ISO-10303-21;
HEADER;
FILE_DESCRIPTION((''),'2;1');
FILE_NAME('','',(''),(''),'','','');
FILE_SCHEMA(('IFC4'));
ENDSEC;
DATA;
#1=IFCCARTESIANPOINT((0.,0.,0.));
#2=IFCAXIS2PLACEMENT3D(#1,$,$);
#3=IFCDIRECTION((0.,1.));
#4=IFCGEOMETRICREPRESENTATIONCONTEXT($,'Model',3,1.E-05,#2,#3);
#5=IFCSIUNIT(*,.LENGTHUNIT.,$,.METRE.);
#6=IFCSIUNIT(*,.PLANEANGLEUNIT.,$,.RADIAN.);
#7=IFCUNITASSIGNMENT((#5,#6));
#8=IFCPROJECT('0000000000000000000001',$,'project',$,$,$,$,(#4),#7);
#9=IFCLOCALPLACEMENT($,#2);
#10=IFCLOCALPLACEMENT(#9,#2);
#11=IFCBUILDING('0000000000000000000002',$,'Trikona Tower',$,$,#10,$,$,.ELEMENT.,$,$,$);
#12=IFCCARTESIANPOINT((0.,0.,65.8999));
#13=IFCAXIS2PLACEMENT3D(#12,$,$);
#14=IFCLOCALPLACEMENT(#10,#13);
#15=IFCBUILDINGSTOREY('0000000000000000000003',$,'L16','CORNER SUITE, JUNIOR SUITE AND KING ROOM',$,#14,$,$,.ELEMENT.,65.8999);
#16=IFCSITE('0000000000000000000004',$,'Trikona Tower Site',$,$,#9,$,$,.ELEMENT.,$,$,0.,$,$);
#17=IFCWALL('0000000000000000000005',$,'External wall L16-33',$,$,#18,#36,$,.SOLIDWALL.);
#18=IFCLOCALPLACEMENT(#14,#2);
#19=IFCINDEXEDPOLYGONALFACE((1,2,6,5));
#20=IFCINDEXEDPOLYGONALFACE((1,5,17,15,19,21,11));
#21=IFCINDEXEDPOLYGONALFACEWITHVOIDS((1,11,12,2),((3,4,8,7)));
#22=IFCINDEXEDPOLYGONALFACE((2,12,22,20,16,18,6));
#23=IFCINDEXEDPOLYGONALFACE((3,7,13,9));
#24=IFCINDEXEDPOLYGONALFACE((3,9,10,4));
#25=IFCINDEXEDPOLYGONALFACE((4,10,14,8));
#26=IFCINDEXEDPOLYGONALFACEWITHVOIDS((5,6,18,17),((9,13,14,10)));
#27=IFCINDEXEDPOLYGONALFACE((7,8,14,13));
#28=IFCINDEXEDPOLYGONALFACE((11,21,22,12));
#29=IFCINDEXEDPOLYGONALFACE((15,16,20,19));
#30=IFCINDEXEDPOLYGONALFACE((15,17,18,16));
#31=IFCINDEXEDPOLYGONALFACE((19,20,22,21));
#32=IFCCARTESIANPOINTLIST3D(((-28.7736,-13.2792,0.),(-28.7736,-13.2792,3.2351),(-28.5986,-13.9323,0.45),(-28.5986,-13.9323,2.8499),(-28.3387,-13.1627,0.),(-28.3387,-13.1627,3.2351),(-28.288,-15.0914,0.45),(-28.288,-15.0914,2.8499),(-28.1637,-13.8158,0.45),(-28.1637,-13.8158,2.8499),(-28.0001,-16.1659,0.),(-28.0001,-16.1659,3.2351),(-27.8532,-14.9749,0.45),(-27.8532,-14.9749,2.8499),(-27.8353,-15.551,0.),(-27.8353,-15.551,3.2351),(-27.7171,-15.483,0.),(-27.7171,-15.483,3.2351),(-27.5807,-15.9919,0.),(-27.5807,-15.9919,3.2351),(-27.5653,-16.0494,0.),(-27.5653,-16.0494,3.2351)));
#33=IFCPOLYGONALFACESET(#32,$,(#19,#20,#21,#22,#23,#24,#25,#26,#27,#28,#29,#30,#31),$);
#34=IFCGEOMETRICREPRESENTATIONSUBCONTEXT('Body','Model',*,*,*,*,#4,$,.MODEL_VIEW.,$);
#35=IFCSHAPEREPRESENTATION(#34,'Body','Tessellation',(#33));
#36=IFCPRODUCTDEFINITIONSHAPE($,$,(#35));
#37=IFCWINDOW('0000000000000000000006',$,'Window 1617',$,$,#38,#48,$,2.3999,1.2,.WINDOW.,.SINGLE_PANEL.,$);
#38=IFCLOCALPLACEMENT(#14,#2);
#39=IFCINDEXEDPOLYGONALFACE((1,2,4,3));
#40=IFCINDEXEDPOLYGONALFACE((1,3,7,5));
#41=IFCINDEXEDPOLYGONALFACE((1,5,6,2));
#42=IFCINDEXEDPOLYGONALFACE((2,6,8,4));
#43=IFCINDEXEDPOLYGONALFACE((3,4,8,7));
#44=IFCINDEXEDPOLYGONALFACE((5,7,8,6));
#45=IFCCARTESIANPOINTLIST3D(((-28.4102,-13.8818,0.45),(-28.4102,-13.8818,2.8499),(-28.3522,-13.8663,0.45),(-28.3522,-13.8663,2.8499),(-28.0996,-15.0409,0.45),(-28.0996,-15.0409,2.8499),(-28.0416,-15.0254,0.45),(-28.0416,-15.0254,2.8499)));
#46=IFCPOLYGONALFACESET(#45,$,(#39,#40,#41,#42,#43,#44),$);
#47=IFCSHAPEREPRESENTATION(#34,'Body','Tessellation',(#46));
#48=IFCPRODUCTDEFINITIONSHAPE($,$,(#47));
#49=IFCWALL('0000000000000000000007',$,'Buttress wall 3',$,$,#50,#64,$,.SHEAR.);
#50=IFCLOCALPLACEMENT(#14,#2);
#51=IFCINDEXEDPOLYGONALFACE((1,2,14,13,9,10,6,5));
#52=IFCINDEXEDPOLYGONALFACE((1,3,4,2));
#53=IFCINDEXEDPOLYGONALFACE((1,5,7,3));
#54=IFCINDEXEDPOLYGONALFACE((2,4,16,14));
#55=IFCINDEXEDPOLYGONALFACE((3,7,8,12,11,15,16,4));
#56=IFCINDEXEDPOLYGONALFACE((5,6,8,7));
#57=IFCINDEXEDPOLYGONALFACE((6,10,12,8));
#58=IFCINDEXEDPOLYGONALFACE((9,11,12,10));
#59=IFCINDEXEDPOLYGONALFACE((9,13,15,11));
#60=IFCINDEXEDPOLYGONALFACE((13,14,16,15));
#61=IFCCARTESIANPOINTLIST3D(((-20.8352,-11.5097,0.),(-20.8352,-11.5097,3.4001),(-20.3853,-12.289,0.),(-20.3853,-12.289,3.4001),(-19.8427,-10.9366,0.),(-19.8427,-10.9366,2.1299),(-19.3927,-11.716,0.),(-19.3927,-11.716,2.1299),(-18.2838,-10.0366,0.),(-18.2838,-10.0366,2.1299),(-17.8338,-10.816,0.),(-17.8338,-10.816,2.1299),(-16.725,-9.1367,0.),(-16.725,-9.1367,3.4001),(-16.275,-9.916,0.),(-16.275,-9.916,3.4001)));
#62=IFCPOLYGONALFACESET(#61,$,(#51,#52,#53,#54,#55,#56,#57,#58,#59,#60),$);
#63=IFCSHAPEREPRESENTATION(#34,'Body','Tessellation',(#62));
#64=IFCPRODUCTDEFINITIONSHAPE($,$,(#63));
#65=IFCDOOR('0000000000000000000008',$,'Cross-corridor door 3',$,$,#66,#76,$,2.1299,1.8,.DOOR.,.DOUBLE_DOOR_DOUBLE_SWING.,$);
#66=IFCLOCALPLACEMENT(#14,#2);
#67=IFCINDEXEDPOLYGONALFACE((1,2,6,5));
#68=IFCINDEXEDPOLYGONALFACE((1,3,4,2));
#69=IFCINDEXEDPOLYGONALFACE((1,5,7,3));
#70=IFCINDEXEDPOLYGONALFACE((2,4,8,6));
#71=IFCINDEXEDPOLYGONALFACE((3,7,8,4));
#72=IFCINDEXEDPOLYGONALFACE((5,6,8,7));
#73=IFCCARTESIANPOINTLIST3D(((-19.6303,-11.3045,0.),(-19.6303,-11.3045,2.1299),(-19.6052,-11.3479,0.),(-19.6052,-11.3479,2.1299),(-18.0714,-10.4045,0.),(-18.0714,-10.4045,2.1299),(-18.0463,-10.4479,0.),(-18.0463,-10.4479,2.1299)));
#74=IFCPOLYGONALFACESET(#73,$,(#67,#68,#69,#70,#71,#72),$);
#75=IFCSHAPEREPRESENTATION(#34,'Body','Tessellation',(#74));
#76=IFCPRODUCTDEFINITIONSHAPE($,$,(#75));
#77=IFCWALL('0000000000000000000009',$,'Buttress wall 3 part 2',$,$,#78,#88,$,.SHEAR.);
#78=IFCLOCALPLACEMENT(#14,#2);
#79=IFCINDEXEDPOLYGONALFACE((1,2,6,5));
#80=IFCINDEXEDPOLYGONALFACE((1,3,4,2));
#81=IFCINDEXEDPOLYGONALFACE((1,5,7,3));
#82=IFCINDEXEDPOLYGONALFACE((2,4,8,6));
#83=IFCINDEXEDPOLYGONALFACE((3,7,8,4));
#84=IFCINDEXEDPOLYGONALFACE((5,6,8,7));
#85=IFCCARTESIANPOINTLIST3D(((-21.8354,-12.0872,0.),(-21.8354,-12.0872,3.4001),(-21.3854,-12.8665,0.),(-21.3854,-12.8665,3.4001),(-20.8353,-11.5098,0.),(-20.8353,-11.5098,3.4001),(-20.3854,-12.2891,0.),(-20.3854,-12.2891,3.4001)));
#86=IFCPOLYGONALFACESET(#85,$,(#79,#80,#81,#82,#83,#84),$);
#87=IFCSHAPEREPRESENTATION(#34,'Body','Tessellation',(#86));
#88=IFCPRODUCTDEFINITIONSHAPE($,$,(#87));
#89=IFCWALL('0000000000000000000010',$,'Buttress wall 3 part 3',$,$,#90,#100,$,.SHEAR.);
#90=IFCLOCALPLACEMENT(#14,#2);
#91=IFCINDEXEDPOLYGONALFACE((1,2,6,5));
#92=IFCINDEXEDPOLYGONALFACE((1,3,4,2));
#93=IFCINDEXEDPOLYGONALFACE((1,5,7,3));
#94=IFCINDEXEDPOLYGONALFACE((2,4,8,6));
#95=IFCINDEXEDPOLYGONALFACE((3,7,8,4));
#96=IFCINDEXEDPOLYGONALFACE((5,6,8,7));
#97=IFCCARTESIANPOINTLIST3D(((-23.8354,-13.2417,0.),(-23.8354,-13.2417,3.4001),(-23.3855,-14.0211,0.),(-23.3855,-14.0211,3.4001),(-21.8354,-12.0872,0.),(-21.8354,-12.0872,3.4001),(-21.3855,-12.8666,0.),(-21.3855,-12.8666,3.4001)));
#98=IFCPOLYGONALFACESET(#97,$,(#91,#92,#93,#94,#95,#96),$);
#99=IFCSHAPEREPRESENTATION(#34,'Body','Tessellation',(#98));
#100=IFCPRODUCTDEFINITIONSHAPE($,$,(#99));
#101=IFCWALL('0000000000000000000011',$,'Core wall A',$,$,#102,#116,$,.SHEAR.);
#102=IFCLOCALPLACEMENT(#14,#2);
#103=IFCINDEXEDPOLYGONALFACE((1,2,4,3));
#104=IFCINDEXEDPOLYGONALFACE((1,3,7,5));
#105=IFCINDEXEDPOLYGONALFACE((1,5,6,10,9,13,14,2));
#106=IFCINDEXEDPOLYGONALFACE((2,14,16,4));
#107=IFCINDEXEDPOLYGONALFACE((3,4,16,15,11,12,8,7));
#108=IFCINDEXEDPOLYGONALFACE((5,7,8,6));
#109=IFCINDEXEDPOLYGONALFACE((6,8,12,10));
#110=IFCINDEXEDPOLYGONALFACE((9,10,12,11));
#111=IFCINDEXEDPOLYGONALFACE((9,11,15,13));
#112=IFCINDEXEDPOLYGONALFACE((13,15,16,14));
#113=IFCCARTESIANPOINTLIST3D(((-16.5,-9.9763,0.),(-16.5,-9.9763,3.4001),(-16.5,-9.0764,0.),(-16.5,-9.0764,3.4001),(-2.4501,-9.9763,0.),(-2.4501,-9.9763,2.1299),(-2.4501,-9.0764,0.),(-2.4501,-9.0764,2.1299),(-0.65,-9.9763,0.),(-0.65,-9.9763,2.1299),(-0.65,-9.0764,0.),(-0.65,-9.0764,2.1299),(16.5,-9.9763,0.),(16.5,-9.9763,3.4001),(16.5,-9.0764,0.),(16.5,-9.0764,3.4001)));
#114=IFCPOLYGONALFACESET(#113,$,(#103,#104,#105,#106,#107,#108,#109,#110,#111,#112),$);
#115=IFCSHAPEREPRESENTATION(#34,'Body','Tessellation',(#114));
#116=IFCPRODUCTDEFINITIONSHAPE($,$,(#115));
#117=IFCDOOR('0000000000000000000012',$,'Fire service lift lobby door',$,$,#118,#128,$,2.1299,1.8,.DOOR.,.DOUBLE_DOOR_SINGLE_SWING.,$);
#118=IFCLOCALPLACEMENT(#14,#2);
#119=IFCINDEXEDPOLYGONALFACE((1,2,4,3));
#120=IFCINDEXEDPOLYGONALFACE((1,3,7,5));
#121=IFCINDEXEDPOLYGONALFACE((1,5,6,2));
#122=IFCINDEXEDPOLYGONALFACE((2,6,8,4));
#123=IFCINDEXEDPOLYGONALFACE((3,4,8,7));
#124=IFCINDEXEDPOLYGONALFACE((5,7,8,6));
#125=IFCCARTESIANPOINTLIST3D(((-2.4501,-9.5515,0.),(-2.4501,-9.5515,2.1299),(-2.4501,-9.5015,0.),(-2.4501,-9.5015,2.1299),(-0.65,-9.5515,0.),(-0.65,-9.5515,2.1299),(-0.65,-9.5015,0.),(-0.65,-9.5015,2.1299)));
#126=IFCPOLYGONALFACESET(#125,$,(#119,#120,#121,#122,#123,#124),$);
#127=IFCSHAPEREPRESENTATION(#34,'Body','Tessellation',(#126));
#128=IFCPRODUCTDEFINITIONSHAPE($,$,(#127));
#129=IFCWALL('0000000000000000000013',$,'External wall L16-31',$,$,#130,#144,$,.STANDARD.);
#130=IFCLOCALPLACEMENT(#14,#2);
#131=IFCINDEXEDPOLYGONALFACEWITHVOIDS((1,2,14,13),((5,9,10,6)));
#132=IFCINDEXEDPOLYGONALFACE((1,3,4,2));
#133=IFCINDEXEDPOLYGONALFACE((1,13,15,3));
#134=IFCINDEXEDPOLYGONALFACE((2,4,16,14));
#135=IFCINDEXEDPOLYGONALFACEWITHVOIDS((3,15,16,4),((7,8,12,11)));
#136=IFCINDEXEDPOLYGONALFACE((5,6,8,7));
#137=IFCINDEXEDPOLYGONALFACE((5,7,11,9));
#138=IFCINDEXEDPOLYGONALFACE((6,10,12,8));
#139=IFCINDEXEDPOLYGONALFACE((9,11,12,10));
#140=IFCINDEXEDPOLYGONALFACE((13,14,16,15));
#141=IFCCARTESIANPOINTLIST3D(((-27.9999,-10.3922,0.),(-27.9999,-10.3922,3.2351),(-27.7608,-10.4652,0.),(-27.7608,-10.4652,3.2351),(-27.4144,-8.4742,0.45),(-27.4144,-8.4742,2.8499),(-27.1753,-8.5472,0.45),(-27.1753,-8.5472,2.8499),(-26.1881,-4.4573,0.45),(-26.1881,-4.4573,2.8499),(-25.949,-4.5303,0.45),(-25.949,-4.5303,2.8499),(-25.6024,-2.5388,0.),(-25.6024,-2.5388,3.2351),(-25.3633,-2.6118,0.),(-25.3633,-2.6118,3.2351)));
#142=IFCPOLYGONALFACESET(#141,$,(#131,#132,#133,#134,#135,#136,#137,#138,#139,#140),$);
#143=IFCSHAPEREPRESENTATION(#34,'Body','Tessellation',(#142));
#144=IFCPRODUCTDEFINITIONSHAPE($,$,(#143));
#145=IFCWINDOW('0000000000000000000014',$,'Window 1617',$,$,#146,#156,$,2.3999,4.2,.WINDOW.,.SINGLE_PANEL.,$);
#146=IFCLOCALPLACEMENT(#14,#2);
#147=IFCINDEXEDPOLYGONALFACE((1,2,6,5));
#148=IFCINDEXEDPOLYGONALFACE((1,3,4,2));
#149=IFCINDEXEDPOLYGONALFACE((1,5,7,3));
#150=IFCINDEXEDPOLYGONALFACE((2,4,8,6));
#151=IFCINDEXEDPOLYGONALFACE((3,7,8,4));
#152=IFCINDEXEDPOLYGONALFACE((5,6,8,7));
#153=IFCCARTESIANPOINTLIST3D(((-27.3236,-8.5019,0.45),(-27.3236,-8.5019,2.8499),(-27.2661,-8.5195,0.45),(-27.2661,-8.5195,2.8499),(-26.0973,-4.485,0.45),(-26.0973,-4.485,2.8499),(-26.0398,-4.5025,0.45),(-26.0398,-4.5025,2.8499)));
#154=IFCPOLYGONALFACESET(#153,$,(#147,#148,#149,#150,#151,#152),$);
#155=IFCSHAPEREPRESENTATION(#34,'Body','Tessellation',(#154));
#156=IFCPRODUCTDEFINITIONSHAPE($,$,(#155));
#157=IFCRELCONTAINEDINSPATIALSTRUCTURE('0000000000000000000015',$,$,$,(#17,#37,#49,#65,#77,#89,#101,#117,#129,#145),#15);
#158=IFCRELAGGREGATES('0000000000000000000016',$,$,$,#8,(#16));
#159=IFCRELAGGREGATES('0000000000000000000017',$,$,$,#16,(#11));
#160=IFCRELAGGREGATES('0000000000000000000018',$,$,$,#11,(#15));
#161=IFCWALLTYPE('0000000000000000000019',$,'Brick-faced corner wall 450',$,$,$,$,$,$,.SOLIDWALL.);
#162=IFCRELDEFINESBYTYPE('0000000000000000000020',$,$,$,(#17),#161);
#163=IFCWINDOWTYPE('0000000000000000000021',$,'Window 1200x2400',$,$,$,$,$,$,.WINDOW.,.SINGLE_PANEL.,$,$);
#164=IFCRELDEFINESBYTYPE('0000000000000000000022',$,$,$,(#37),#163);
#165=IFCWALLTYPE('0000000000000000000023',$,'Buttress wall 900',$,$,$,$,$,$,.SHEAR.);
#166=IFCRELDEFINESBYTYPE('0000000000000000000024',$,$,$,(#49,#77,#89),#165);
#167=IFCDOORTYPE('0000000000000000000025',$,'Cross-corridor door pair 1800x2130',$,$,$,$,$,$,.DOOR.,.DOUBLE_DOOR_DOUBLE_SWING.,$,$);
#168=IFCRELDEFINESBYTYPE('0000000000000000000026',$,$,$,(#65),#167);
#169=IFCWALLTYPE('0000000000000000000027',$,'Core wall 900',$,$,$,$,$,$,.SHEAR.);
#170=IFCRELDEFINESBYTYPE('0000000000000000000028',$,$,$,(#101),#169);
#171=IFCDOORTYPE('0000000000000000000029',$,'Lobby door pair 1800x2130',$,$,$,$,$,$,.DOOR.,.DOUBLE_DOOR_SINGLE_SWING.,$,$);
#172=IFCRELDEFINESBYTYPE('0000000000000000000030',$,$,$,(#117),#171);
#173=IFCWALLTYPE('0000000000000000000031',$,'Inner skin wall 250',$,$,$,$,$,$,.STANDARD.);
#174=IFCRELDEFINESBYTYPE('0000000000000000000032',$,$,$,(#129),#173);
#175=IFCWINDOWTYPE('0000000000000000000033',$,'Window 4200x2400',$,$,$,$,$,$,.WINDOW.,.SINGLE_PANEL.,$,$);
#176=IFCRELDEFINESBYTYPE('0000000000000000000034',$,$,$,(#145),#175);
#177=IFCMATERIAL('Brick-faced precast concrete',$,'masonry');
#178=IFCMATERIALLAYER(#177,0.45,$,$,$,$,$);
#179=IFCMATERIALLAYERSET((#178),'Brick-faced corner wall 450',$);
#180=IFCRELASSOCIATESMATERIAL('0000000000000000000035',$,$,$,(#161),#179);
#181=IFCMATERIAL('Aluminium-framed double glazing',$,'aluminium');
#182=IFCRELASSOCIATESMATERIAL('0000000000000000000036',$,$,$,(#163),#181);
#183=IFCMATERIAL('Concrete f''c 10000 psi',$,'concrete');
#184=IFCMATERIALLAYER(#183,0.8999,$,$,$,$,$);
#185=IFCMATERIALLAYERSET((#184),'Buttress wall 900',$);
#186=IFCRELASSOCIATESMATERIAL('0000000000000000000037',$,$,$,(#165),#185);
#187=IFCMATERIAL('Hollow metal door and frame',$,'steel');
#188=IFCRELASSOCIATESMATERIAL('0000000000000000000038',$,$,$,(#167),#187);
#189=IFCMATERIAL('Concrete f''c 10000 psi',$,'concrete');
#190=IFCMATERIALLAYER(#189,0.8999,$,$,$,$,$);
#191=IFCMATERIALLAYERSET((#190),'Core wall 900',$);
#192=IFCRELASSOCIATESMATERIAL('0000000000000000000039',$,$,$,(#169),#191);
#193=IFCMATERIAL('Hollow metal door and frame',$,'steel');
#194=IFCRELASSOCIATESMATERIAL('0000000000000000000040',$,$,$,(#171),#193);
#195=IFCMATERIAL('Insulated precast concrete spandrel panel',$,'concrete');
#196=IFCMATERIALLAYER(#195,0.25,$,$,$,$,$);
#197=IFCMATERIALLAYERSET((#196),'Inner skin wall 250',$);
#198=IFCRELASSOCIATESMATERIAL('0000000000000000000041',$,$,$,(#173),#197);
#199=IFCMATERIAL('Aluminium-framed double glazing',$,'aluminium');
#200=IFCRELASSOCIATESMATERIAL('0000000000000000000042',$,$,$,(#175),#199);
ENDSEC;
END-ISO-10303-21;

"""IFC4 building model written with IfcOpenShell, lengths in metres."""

from ifc_helpers import new_model, si_unit, direction, frame, frame_2d, origin, place, context, subcontext, project, spatial, polyline, rectangle, outline, extrude, material, layer, layer_set, type_object, element, fill, save


model = new_model("IFC4")

# Units and contexts
model_context = context("Model", 3, precision=1e-05, world=origin(), true_north=direction((0.0, 1.0)))
body_context = subcontext(model_context, "Body", "Model", "MODEL_VIEW")
ifc_project = project(units=[si_unit("LENGTHUNIT", "METRE"), si_unit("PLANEANGLEUNIT", "RADIAN")], contexts=[model_context])

# Site, building, storey
site_placement = place(None, origin())
site = spatial("IfcSite", under=ifc_project, at=site_placement, Name="Trikona Tower Site", CompositionType="ELEMENT", RefElevation=0.0)
building_placement = place(site_placement, origin())
building = spatial("IfcBuilding", under=site, at=building_placement, Name="Trikona Tower", CompositionType="ELEMENT")
storey_placement = place(building_placement, frame((0.0, 0.0, 65.8999)))
storey = spatial("IfcBuildingStorey", under=building, at=storey_placement, Name="L16", Description="CORNER SUITE, JUNIOR SUITE AND KING ROOM", CompositionType="ELEMENT", Elevation=65.8999)

# Wall, opening, window
ifc_material_1 = material(Name="Brick-faced precast concrete", Category="masonry")
ifc_layer_1 = layer(ifc_material_1, 0.45)
ifc_layer_set_1 = layer_set([ifc_layer_1], Name="Brick-faced corner wall 450")
wall_type_1 = type_object("IfcWallType", Name="Brick-faced corner wall 450", PredefinedType="SOLIDWALL", material=ifc_layer_set_1)
wall_1_placement = place(storey_placement, frame((-28.5562, -13.2209, 0.0), z_axis=(0.0, 0.0, 1.0), x_axis=(0.258801, -0.965931, 0.0)))
wall_1 = element("IfcWall", 1, at=wall_1_placement, inside=storey, type_object=wall_type_1, Name="External wall L16-33", PredefinedType="SOLIDWALL", context=body_context, shape_type="SweptSolid", body=[
    extrude(outline(polyline([(2.9885, 0.2251), (2.929, 0.2251), (2.4373, 0.0933), (2.4021, 0.2251), (0.0, 0.2251), (0.0, -0.2251), (2.9885, -0.2251), (2.9885, 0.2251)])), origin(), (0.0, 0.0, 1.0), 3.2351),
])
opening_1_placement = place(wall_1_placement, frame((0.676, 0.0, 0.45)))
opening_1 = element("IfcOpeningElement", 2, at=opening_1_placement, cuts=wall_1, PredefinedType="OPENING", context=body_context, shape_type="SweptSolid", body=[
    extrude(rectangle(XDim=1.2, YDim=2.3999, at=frame_2d((0.6001, 1.2))), frame((0.0, 0.2349, 0.0), z_axis=(0.0, -1.0, 0.0), x_axis=(1.0, 0.0, 0.0)), (0.0, 0.0, 1.0), 0.47),
])
ifc_material_2 = material(Name="Aluminium-framed double glazing", Category="aluminium")
window_type_1 = type_object("IfcWindowType", Name="Window 1200x2400", PartitioningType="SINGLE_PANEL", PredefinedType="WINDOW", material=ifc_material_2)
window_1_placement = place(opening_1_placement, origin())
window_1 = element("IfcWindow", 3, at=window_1_placement, inside=storey, type_object=window_type_1, Name="Window 1617", OverallHeight=2.3999, OverallWidth=1.2, PartitioningType="SINGLE_PANEL", PredefinedType="WINDOW", context=body_context, shape_type="SweptSolid", body=[
    extrude(rectangle(XDim=1.2, YDim=2.3999, at=frame_2d((0.6001, 1.2))), frame((0.0, 0.03, 0.0), z_axis=(0.0, -1.0, 0.0), x_axis=(1.0, 0.0, 0.0)), (0.0, 0.0, 1.0), 0.0601),
])
fill(opening_1, window_1)

# Wall, opening, door
ifc_material_3 = material(Name="Concrete f'c 10000 psi", Category="concrete")
ifc_layer_2 = layer(ifc_material_3, 0.8999)
ifc_layer_set_2 = layer_set([ifc_layer_2], Name="Buttress wall 900")
wall_type_2 = type_object("IfcWallType", Name="Buttress wall 900", PredefinedType="SHEAR", material=ifc_layer_set_2)
wall_2_placement = place(storey_placement, frame((-16.5, -9.5264, 0.0), z_axis=(0.0, 0.0, 1.0), x_axis=(-0.866031, -0.49999, 0.0)))
wall_2 = element("IfcWall", 4, at=wall_2_placement, inside=storey, type_object=wall_type_2, Name="Buttress wall 3", PredefinedType="SHEAR", context=body_context, shape_type="SweptSolid", body=[
    extrude(rectangle(XDim=4.7461, YDim=0.8999, at=frame_2d((2.373, 0.0))), origin(), (0.0, 0.0, 1.0), 3.4001),
])
opening_2_placement = place(wall_2_placement, frame((1.8, 0.0, 0.0)))
opening_2 = element("IfcOpeningElement", 5, at=opening_2_placement, cuts=wall_2, PredefinedType="OPENING", context=body_context, shape_type="SweptSolid", body=[
    extrude(rectangle(XDim=1.8, YDim=2.1299, at=frame_2d((0.8999, 1.0649))), frame((0.0, 0.46, 0.0), z_axis=(0.0, -1.0, 0.0), x_axis=(1.0, 0.0, 0.0)), (0.0, 0.0, 1.0), 0.9199),
])
ifc_material_4 = material(Name="Hollow metal door and frame", Category="steel")
door_type_1 = type_object("IfcDoorType", Name="Cross-corridor door pair 1800x2130", OperationType="DOUBLE_DOOR_DOUBLE_SWING", PredefinedType="DOOR", material=ifc_material_4)
door_1_placement = place(opening_2_placement, origin())
door_1 = element("IfcDoor", 6, at=door_1_placement, inside=storey, type_object=door_type_1, Name="Cross-corridor door 3", OperationType="DOUBLE_DOOR_DOUBLE_SWING", OverallHeight=2.1299, OverallWidth=1.8, PredefinedType="DOOR", context=body_context, shape_type="SweptSolid", body=[
    extrude(rectangle(XDim=1.8, YDim=2.1299, at=frame_2d((0.8999, 1.0649))), frame((0.0, 0.0249, 0.0), z_axis=(0.0, -1.0, 0.0), x_axis=(1.0, 0.0, 0.0)), (0.0, 0.0, 1.0), 0.05),
])
fill(opening_2, door_1)

# Walls
wall_3_placement = place(storey_placement, frame((-20.6104, -11.8994, 0.0), z_axis=(0.0, 0.0, 1.0), x_axis=(-0.86601, -0.500027, 0.0)))
element("IfcWall", 7, at=wall_3_placement, inside=storey, type_object=wall_type_2, Name="Buttress wall 3 part 2", PredefinedType="SHEAR", context=body_context, shape_type="SweptSolid", body=[
    extrude(rectangle(XDim=1.1548, YDim=0.8999, at=frame_2d((0.5774, 0.0))), origin(), (0.0, 0.0, 1.0), 3.4001),
])
wall_4_placement = place(storey_placement, frame((-21.6104, -12.4768, 0.0), z_axis=(0.0, 0.0, 1.0), x_axis=(-0.866055, -0.499948, 0.0)))
element("IfcWall", 8, at=wall_4_placement, inside=storey, type_object=wall_type_2, Name="Buttress wall 3 part 3", PredefinedType="SHEAR", context=body_context, shape_type="SweptSolid", body=[
    extrude(rectangle(XDim=2.3093, YDim=0.8999, at=frame_2d((1.1548, 0.0))), origin(), (0.0, 0.0, 1.0), 3.4001),
])

# Wall, opening, door
ifc_material_5 = material(Name="Concrete f'c 10000 psi", Category="concrete")
ifc_layer_3 = layer(ifc_material_5, 0.8999)
ifc_layer_set_3 = layer_set([ifc_layer_3], Name="Core wall 900")
wall_type_3 = type_object("IfcWallType", Name="Core wall 900", PredefinedType="SHEAR", material=ifc_layer_set_3)
wall_5_placement = place(storey_placement, frame((-16.5, -9.5264, 0.0), z_axis=(0.0, 0.0, 1.0), x_axis=(1.0, 0.0, 0.0)))
wall_5 = element("IfcWall", 9, at=wall_5_placement, inside=storey, type_object=wall_type_3, Name="Core wall A", PredefinedType="SHEAR", context=body_context, shape_type="SweptSolid", body=[
    extrude(rectangle(XDim=33.0, YDim=0.8999, at=frame_2d((16.5, 0.0))), origin(), (0.0, 0.0, 1.0), 3.4001),
])
opening_3_placement = place(wall_5_placement, frame((14.05, 0.0, 0.0)))
opening_3 = element("IfcOpeningElement", 10, at=opening_3_placement, cuts=wall_5, PredefinedType="OPENING", context=body_context, shape_type="SweptSolid", body=[
    extrude(rectangle(XDim=1.8, YDim=2.1299, at=frame_2d((0.8999, 1.0649))), frame((0.0, 0.46, 0.0), z_axis=(0.0, -1.0, 0.0), x_axis=(1.0, 0.0, 0.0)), (0.0, 0.0, 1.0), 0.9199),
])
ifc_material_6 = material(Name="Hollow metal door and frame", Category="steel")
door_type_2 = type_object("IfcDoorType", Name="Lobby door pair 1800x2130", OperationType="DOUBLE_DOOR_SINGLE_SWING", PredefinedType="DOOR", material=ifc_material_6)
door_2_placement = place(opening_3_placement, origin())
door_2 = element("IfcDoor", 11, at=door_2_placement, inside=storey, type_object=door_type_2, Name="Fire service lift lobby door", OperationType="DOUBLE_DOOR_SINGLE_SWING", OverallHeight=2.1299, OverallWidth=1.8, PredefinedType="DOOR", context=body_context, shape_type="SweptSolid", body=[
    extrude(rectangle(XDim=1.8, YDim=2.1299, at=frame_2d((0.8999, 1.0649))), frame((0.0, 0.0249, 0.0), z_axis=(0.0, -1.0, 0.0), x_axis=(1.0, 0.0, 0.0)), (0.0, 0.0, 1.0), 0.05),
])
fill(opening_3, door_2)

# Wall, opening, window
ifc_material_7 = material(Name="Insulated precast concrete spandrel panel", Category="concrete")
ifc_layer_4 = layer(ifc_material_7, 0.25)
ifc_layer_set_4 = layer_set([ifc_layer_4], Name="Inner skin wall 250")
wall_type_4 = type_object("IfcWallType", Name="Inner skin wall 250", PredefinedType="STANDARD", material=ifc_layer_set_4)
wall_6_placement = place(storey_placement, frame((-25.4829, -2.5754, 0.0), z_axis=(0.0, 0.0, 1.0), x_axis=(-0.291979, -0.956425, 0.0)))
wall_6 = element("IfcWall", 12, at=wall_6_placement, inside=storey, type_object=wall_type_4, Name="External wall L16-31", PredefinedType="STANDARD", context=body_context, shape_type="SweptSolid", body=[
    extrude(rectangle(XDim=8.2112, YDim=0.25, at=frame_2d((4.1055, 0.0))), origin(), (0.0, 0.0, 1.0), 3.2351),
])
opening_4_placement = place(wall_6_placement, frame((2.0056, 0.0, 0.45)))
opening_4 = element("IfcOpeningElement", 13, at=opening_4_placement, cuts=wall_6, PredefinedType="OPENING", context=body_context, shape_type="SweptSolid", body=[
    extrude(rectangle(XDim=4.2, YDim=2.3999, at=frame_2d((2.1001, 1.2))), frame((0.0, 0.135, 0.0), z_axis=(0.0, -1.0, 0.0), x_axis=(1.0, 0.0, 0.0)), (0.0, 0.0, 1.0), 0.27),
])
ifc_material_8 = material(Name="Aluminium-framed double glazing", Category="aluminium")
window_type_2 = type_object("IfcWindowType", Name="Window 4200x2400", PartitioningType="SINGLE_PANEL", PredefinedType="WINDOW", material=ifc_material_8)
window_2_placement = place(opening_4_placement, origin())
window_2 = element("IfcWindow", 14, at=window_2_placement, inside=storey, type_object=window_type_2, Name="Window 1617", OverallHeight=2.3999, OverallWidth=4.2, PartitioningType="SINGLE_PANEL", PredefinedType="WINDOW", context=body_context, shape_type="SweptSolid", body=[
    extrude(rectangle(XDim=4.2, YDim=2.3999, at=frame_2d((2.1001, 1.2))), frame((0.0, 0.03, 0.0), z_axis=(0.0, -1.0, 0.0), x_axis=(1.0, 0.0, 0.0)), (0.0, 0.0, 1.0), 0.0601),
])
fill(opening_4, window_2)

save(model, "model.ifc")
